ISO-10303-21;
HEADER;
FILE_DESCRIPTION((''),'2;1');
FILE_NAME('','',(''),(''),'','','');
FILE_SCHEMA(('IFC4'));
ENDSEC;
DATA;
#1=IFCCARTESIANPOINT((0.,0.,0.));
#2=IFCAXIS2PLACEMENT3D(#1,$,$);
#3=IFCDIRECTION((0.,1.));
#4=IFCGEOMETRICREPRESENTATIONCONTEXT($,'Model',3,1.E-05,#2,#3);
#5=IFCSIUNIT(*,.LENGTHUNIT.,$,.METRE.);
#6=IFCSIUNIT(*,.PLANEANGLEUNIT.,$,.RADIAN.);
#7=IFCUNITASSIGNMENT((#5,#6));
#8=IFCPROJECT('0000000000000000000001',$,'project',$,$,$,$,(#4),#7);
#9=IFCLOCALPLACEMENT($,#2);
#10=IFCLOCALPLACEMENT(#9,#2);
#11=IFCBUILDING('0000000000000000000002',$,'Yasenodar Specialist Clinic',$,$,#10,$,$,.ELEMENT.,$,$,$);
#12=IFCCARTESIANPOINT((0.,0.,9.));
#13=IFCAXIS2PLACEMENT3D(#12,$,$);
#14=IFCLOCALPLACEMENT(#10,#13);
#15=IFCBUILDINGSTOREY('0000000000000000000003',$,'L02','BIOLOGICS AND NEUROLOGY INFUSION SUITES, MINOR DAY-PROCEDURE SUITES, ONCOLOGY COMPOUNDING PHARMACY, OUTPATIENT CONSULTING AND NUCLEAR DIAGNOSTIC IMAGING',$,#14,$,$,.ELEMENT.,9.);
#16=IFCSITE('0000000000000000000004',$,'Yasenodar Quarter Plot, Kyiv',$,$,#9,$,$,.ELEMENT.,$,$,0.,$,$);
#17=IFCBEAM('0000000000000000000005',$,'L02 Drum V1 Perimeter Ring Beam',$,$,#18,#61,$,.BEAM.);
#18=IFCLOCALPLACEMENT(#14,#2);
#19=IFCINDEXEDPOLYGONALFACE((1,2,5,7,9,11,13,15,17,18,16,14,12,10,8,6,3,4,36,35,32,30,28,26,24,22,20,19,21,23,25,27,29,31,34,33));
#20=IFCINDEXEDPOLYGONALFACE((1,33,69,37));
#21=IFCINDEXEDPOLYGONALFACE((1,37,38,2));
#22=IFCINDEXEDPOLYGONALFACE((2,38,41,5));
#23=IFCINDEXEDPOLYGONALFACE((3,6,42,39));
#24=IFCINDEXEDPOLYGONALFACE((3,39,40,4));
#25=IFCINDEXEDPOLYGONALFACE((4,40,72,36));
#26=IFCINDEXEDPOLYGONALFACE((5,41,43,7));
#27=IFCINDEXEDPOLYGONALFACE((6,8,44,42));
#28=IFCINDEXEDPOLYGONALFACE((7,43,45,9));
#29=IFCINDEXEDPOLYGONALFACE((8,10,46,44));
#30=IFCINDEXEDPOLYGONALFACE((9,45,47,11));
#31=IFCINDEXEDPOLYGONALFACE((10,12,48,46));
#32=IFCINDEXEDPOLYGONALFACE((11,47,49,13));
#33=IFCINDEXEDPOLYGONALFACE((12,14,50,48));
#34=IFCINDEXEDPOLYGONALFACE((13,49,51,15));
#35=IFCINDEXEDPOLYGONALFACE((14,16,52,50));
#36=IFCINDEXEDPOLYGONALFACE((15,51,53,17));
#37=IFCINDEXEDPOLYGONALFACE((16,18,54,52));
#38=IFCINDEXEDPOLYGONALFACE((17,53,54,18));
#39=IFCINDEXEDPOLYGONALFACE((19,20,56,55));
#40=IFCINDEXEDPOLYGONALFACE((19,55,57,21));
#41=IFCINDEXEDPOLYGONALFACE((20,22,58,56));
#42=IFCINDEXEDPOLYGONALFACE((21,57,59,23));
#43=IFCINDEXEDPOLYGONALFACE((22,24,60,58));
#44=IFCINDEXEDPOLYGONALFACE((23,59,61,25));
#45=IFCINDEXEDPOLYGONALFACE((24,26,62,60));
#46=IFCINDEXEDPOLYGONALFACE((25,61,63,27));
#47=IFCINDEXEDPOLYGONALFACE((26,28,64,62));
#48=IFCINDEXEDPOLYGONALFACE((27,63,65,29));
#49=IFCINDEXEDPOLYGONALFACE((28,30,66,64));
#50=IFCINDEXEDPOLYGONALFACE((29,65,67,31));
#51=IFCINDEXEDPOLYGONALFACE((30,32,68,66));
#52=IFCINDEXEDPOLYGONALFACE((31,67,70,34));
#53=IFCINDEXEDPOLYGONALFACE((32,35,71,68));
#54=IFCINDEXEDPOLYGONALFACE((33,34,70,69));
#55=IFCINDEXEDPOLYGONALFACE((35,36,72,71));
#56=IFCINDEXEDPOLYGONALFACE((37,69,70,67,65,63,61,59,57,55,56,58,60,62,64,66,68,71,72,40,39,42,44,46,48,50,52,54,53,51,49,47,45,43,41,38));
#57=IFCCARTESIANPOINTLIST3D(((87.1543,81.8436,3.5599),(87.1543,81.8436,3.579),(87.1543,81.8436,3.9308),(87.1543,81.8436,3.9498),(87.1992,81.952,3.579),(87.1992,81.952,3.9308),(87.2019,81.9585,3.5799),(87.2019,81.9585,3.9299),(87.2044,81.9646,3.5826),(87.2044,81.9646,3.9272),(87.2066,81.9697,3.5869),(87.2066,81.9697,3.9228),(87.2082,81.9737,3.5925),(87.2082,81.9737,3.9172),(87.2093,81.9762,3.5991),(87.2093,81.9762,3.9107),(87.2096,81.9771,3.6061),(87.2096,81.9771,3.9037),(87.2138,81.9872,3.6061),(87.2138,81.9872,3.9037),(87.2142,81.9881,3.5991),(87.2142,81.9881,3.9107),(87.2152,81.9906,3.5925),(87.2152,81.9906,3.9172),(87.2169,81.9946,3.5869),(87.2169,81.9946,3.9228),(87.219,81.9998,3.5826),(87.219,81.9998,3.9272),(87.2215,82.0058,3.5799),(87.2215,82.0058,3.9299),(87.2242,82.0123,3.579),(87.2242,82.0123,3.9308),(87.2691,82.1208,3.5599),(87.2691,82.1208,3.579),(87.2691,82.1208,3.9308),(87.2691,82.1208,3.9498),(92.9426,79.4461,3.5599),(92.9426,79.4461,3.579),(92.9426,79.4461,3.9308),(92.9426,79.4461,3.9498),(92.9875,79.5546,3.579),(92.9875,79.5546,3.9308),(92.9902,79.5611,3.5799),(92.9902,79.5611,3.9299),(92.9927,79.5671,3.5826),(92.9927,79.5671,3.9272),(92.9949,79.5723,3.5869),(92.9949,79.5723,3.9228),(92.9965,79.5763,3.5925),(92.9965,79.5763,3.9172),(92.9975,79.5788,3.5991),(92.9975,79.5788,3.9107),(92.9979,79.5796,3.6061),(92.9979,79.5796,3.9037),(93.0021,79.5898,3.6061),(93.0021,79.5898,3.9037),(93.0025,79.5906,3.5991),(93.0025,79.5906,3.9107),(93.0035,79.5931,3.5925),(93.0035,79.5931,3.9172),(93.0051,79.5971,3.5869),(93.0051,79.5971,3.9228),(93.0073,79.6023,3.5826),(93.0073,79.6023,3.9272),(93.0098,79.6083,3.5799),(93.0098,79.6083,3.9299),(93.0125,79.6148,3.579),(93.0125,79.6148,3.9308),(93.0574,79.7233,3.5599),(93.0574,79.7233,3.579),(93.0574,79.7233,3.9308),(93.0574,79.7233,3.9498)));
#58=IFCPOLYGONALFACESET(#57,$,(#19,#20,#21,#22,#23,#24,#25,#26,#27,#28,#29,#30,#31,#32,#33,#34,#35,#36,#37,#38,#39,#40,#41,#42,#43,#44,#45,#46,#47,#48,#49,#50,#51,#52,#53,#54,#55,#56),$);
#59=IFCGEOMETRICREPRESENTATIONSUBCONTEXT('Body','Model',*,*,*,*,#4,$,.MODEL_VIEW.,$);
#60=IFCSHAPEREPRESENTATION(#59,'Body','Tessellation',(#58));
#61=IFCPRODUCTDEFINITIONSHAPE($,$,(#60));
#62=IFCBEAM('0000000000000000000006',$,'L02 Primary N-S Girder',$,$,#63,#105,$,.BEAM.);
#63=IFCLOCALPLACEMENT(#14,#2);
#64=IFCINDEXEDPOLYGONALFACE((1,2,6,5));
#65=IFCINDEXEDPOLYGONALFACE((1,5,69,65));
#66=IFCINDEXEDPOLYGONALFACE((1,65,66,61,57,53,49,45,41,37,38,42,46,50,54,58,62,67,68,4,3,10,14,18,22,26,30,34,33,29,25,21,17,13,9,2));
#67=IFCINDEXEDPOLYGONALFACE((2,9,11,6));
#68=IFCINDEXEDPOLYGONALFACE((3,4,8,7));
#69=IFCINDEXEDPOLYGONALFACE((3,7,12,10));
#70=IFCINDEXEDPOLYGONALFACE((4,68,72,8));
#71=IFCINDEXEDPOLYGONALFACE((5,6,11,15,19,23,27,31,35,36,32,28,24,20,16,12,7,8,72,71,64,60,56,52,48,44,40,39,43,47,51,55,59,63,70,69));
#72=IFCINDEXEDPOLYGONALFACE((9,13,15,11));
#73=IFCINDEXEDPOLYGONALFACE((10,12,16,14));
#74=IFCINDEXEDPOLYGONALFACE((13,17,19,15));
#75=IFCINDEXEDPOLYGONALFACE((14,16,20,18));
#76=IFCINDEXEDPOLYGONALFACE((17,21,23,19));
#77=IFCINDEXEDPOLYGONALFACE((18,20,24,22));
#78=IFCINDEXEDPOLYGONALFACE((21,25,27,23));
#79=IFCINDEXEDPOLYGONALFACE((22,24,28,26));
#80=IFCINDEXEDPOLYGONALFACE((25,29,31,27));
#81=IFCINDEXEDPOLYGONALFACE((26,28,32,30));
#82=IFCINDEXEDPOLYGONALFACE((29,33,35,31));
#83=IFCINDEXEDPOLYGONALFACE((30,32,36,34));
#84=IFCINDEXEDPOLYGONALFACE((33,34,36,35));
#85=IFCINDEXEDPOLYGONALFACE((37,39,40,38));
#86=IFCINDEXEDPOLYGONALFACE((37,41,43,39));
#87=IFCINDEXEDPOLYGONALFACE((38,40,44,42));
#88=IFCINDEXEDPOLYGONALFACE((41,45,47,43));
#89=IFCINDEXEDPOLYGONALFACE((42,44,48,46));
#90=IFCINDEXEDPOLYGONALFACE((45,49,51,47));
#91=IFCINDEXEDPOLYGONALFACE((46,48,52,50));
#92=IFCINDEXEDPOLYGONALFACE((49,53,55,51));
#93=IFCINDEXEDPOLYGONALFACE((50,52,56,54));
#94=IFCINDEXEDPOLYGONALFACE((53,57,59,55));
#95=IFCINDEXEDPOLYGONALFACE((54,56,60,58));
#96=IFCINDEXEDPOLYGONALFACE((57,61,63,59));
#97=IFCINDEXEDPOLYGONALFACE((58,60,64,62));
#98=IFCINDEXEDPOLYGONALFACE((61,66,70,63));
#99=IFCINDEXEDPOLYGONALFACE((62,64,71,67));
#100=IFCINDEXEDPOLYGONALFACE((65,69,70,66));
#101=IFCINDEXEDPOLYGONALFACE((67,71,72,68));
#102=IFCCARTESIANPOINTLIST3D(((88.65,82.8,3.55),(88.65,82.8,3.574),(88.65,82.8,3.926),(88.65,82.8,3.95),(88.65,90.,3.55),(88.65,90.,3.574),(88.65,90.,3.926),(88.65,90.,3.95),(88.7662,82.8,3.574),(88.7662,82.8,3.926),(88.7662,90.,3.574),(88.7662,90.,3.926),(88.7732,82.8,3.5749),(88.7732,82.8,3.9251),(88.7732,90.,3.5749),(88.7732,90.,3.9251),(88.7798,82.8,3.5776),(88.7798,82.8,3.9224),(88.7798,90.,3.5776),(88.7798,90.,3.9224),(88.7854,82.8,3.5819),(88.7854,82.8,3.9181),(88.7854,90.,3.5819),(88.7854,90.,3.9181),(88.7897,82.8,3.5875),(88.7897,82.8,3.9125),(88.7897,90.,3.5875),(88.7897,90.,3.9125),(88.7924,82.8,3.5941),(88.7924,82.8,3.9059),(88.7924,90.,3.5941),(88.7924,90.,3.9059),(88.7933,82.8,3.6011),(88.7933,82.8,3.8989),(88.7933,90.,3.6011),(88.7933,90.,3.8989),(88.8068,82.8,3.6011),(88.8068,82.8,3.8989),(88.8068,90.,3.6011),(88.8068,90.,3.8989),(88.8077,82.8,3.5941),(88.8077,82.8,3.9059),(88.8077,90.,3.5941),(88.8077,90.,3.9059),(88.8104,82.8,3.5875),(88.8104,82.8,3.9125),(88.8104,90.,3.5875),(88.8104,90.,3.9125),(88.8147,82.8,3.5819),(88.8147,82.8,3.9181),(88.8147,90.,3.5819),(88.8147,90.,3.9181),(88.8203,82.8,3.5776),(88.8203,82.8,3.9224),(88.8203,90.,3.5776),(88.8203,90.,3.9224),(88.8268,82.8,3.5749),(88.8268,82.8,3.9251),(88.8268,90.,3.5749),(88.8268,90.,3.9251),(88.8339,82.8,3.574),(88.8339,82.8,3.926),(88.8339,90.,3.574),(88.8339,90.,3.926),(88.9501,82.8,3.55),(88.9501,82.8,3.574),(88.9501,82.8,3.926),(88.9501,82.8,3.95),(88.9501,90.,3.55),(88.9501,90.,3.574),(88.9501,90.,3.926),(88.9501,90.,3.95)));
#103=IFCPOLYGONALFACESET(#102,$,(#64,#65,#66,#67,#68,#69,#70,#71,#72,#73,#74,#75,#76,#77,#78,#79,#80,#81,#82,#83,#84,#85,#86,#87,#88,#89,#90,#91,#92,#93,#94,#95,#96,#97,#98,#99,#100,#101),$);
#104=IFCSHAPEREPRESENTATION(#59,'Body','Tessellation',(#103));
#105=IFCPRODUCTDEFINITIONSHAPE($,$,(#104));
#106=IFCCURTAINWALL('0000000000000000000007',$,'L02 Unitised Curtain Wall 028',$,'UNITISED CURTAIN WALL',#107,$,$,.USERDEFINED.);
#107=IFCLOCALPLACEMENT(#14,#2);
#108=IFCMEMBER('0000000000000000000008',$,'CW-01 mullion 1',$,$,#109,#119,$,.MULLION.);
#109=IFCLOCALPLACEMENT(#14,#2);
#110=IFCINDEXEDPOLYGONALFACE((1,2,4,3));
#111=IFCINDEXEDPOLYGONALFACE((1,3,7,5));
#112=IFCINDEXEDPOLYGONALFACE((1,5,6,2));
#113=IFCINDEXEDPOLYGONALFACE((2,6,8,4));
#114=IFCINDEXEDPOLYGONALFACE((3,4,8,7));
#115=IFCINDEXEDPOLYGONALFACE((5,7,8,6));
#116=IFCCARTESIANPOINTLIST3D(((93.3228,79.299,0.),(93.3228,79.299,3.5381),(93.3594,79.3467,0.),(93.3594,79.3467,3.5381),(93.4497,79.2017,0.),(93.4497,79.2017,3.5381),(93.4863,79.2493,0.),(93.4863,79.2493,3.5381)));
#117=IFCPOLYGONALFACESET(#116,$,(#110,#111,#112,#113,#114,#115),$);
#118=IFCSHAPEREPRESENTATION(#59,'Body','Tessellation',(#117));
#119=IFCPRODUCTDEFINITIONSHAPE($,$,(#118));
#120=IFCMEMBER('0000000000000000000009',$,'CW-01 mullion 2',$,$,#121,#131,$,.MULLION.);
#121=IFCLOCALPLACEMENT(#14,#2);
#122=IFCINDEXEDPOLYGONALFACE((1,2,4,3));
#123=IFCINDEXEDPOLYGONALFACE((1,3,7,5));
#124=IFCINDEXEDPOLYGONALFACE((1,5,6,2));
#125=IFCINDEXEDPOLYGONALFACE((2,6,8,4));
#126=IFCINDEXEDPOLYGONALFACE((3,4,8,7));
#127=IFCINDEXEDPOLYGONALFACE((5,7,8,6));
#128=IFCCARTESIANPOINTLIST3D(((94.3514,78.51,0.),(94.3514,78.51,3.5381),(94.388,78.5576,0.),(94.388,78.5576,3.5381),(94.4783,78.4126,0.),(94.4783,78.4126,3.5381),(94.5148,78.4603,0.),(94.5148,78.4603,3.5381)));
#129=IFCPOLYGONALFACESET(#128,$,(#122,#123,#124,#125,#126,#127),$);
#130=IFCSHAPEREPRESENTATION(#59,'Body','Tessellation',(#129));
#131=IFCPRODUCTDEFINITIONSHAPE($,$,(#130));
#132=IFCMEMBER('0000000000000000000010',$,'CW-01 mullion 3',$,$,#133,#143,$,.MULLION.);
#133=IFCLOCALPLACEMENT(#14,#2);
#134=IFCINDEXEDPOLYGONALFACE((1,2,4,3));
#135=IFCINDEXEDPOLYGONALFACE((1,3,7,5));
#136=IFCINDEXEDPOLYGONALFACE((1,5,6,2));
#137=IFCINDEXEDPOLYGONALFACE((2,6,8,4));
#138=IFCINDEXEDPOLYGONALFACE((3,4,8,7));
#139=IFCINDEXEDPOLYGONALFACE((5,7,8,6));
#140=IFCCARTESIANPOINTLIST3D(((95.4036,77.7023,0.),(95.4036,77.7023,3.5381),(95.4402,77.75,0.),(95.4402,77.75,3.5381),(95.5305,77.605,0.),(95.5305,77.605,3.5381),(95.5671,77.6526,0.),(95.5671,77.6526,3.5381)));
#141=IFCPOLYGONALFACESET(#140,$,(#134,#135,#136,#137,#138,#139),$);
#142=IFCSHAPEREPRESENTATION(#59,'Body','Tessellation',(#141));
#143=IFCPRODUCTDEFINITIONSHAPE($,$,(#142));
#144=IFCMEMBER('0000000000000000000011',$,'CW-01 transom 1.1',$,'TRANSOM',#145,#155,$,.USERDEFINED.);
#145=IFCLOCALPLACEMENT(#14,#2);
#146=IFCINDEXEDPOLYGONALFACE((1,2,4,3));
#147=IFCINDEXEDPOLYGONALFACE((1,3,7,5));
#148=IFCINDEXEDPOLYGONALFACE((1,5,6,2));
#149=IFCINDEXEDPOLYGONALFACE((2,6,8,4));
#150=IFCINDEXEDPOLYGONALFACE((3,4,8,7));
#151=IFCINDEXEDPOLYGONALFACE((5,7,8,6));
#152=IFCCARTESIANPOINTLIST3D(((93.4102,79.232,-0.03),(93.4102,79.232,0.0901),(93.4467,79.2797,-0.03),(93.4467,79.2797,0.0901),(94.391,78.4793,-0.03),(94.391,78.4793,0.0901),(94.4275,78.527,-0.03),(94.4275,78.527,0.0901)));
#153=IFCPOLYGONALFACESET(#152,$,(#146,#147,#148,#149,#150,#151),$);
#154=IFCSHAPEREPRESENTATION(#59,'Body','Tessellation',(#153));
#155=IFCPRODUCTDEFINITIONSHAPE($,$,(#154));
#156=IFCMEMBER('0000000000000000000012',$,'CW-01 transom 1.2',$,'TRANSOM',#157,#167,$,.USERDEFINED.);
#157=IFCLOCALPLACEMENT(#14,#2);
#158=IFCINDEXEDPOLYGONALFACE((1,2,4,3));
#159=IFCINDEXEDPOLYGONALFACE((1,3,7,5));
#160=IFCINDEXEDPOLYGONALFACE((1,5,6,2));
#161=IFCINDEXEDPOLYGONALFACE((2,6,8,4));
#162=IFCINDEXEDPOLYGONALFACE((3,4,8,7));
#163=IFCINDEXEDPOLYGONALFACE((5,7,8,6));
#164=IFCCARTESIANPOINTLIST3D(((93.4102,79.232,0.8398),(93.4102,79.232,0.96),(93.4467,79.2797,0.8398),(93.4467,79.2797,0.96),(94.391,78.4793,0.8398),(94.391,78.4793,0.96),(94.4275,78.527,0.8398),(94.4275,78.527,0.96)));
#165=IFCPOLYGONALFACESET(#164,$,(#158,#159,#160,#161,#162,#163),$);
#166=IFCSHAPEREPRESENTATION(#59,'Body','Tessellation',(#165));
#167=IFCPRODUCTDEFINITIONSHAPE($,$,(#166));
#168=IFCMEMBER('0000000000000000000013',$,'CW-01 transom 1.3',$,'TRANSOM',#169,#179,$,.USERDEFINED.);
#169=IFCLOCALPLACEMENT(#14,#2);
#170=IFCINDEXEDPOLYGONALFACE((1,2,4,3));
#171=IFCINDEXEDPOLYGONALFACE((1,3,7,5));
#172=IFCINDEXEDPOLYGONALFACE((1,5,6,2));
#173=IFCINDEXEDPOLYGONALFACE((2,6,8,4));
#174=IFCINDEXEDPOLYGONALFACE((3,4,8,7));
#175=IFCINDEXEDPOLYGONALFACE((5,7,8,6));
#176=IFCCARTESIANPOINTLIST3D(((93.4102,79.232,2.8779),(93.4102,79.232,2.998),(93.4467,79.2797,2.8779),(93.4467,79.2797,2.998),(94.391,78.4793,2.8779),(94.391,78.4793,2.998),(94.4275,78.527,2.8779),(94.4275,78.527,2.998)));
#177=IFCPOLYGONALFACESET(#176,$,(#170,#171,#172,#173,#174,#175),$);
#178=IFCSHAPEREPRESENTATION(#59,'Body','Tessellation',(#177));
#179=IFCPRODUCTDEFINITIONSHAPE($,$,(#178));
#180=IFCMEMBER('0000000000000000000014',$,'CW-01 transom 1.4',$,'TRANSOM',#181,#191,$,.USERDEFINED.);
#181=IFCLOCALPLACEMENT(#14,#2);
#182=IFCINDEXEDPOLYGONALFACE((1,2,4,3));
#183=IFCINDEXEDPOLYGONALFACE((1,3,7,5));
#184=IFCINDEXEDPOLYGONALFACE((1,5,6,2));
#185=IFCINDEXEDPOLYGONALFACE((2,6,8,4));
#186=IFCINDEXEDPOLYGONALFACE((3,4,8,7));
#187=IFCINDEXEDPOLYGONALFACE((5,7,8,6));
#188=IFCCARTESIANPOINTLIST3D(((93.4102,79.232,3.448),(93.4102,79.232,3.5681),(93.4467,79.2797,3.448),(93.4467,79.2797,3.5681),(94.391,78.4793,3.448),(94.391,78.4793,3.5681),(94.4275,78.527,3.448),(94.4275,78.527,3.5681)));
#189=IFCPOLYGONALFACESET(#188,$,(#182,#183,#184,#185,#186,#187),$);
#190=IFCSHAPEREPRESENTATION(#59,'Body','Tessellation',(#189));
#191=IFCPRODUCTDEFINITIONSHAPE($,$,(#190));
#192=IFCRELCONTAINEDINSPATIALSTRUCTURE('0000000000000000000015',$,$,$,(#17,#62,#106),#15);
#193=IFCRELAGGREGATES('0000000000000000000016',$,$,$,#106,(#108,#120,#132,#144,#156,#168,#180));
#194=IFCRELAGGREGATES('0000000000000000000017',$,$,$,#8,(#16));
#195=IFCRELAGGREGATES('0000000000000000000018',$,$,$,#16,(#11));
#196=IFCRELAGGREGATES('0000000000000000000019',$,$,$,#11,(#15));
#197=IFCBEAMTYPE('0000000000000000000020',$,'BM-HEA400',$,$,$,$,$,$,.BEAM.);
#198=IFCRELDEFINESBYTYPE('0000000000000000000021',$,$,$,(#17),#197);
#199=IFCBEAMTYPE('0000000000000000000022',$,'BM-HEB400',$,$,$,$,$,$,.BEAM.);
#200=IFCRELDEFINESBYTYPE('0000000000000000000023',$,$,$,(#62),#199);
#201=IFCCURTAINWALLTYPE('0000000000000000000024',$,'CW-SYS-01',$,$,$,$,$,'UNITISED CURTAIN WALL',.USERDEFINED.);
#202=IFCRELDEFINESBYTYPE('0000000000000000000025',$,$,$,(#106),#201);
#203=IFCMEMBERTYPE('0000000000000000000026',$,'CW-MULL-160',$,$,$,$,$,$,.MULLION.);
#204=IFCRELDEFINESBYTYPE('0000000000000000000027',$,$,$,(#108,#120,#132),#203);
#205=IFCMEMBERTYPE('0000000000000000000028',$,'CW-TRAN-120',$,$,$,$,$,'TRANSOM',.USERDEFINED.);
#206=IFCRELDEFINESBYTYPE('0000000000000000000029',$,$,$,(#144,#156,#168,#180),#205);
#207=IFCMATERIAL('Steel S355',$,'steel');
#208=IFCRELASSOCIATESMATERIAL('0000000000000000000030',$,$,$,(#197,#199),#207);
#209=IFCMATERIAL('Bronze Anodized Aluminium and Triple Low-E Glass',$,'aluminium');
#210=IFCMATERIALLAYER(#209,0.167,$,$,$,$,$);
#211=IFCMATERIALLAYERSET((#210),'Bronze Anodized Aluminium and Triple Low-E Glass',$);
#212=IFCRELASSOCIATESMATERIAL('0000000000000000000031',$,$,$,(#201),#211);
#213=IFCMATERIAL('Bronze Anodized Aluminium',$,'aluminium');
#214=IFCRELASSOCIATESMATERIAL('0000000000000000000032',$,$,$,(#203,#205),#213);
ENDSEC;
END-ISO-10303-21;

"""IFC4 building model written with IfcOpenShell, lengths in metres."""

from ifc_helpers import new_model, si_unit, direction, frame, origin, origin_2d, place, context, subcontext, project, spatial, rectangle, i_section, extrude, material, layer, layer_set, material_profile, profile_set, type_object, element, aggregate, save


model = new_model("IFC4")

# Units and contexts
model_context = context("Model", 3, precision=1e-05, world=origin(), true_north=direction((0.0, 1.0)))
body_context = subcontext(model_context, "Body", "Model", "MODEL_VIEW")
ifc_project = project(units=[si_unit("LENGTHUNIT", "METRE"), si_unit("PLANEANGLEUNIT", "RADIAN")], contexts=[model_context])

# Site, building, storey
site_placement = place(None, origin())
site = spatial("IfcSite", under=ifc_project, at=site_placement, Name="Yasenodar Quarter Plot, Kyiv", CompositionType="ELEMENT", RefElevation=0.0)
building_placement = place(site_placement, origin())
building = spatial("IfcBuilding", under=site, at=building_placement, Name="Yasenodar Specialist Clinic", CompositionType="ELEMENT")
storey_placement = place(building_placement, frame((0.0, 0.0, 9.0)))
storey = spatial("IfcBuildingStorey", under=building, at=storey_placement, Name="L02", Description="BIOLOGICS AND NEUROLOGY INFUSION SUITES, MINOR DAY-PROCEDURE SUITES, ONCOLOGY COMPOUNDING PHARMACY, OUTPATIENT CONSULTING AND NUCLEAR DIAGNOSTIC IMAGING", CompositionType="ELEMENT", Elevation=9.0)

# Shared definitions
ifc_material_1 = material(Name="Steel S355", Category="steel")

# Beams
ifc_material_profile_1 = material_profile(ifc_material_1, i_section(OverallWidth=0.3, OverallDepth=0.3899, WebThickness=0.011, FlangeThickness=0.019, FilletRadius=0.0271, at=origin_2d()), Name="HEA 400")
ifc_profile_set_1 = profile_set([ifc_material_profile_1], Name="Steel S355")
beam_type_1 = type_object("IfcBeamType", Name="BM-HEA400", PredefinedType="BEAM", material=ifc_profile_set_1)
beam_1_placement = place(storey_placement, frame((93.0, 79.5847, 3.7549), z_axis=(-0.923888, 0.382664, 0.0), x_axis=(-0.382664, -0.923888, 0.0)))
element("IfcBeam", 1, at=beam_1_placement, inside=storey, type_object=beam_type_1, Name="L02 Drum V1 Perimeter Ring Beam", PredefinedType="BEAM", context=body_context, shape_type="SweptSolid", body=[
    extrude(i_section(OverallWidth=0.3, OverallDepth=0.3899, WebThickness=0.011, FlangeThickness=0.019, FilletRadius=0.0271, at=origin_2d()), origin(), (0.0, 0.0, 1.0), 6.2651),
])
ifc_material_profile_2 = material_profile(ifc_material_1, i_section(OverallWidth=0.3, OverallDepth=0.3999, WebThickness=0.0134, FlangeThickness=0.0239, FilletRadius=0.0271, at=origin_2d()), Name="HEB 400")
ifc_profile_set_2 = profile_set([ifc_material_profile_2], Name="Steel S355")
beam_type_2 = type_object("IfcBeamType", Name="BM-HEB400", PredefinedType="BEAM", material=ifc_profile_set_2)
beam_2_placement = place(storey_placement, frame((88.8, 82.8, 3.75), z_axis=(0.0, 1.0, 0.0), x_axis=(-1.0, 0.0, 0.0)))
element("IfcBeam", 2, at=beam_2_placement, inside=storey, type_object=beam_type_2, Name="L02 Primary N-S Girder", PredefinedType="BEAM", context=body_context, shape_type="SweptSolid", body=[
    extrude(i_section(OverallWidth=0.3, OverallDepth=0.3999, WebThickness=0.0134, FlangeThickness=0.0239, FilletRadius=0.0271, at=origin_2d()), origin(), (0.0, 0.0, 1.0), 7.2),
])

# Curtain wall, members
ifc_material_2 = material(Name="Bronze Anodized Aluminium and Triple Low-E Glass", Category="aluminium")
ifc_layer_1 = layer(ifc_material_2, 0.167)
ifc_layer_set_1 = layer_set([ifc_layer_1], Name="Bronze Anodized Aluminium and Triple Low-E Glass")
curtain_wall_type = type_object("IfcCurtainWallType", Name="CW-SYS-01", ElementType="UNITISED CURTAIN WALL", PredefinedType="USERDEFINED", material=ifc_layer_set_1)
curtain_wall_placement = place(storey_placement, origin())
curtain_wall = element("IfcCurtainWall", 3, at=curtain_wall_placement, inside=storey, type_object=curtain_wall_type, Name="L02 Unitised Curtain Wall 028", ObjectType="UNITISED CURTAIN WALL", PredefinedType="USERDEFINED")
ifc_material_3 = material(Name="Bronze Anodized Aluminium", Category="aluminium")
ifc_material_profile_3 = material_profile(ifc_material_3, rectangle(XDim=0.0601, YDim=0.1599, at=origin_2d()), Name="CW-MULL 60x160")
ifc_profile_set_3 = profile_set([ifc_material_profile_3], Name="Bronze Anodized Aluminium")
member_type_1 = type_object("IfcMemberType", Name="CW-MULL-160", PredefinedType="MULLION", material=ifc_profile_set_3)
member_1_placement = place(storey_placement, frame((93.4045, 79.2742, 0.0), z_axis=(0.0, 0.0, 1.0), x_axis=(0.608752, 0.793361, 0.0)))
member_1 = element("IfcMember", 4, at=member_1_placement, type_object=member_type_1, Name="CW-01 mullion 1", PredefinedType="MULLION", context=body_context, shape_type="SweptSolid", body=[
    extrude(rectangle(XDim=0.0601, YDim=0.1599, at=origin_2d()), origin(), (0.0, 0.0, 1.0), 3.5381),
])
member_2_placement = place(storey_placement, frame((94.4331, 78.4851, 0.0), z_axis=(0.0, 0.0, 1.0), x_axis=(0.608752, 0.793361, 0.0)))
member_2 = element("IfcMember", 5, at=member_2_placement, type_object=member_type_1, Name="CW-01 mullion 2", PredefinedType="MULLION", context=body_context, shape_type="SweptSolid", body=[
    extrude(rectangle(XDim=0.0601, YDim=0.1599, at=origin_2d()), origin(), (0.0, 0.0, 1.0), 3.5381),
])
member_3_placement = place(storey_placement, frame((95.4854, 77.6775, 0.0), z_axis=(0.0, 0.0, 1.0), x_axis=(0.608752, 0.793361, 0.0)))
member_3 = element("IfcMember", 6, at=member_3_placement, type_object=member_type_1, Name="CW-01 mullion 3", PredefinedType="MULLION", context=body_context, shape_type="SweptSolid", body=[
    extrude(rectangle(XDim=0.0601, YDim=0.1599, at=origin_2d()), origin(), (0.0, 0.0, 1.0), 3.5381),
])
ifc_material_profile_4 = material_profile(ifc_material_3, rectangle(XDim=0.0601, YDim=0.1201, at=origin_2d()), Name="CW-TRAN 60x120")
ifc_profile_set_4 = profile_set([ifc_material_profile_4], Name="Bronze Anodized Aluminium")
member_type_2 = type_object("IfcMemberType", Name="CW-TRAN-120", ElementType="TRANSOM", PredefinedType="USERDEFINED", material=ifc_profile_set_4)
member_4_placement = place(storey_placement, frame((93.4285, 79.2559, 0.03), z_axis=(0.793292, -0.608842, 0.0), x_axis=(0.608842, 0.793292, 0.0)))
member_4 = element("IfcMember", 7, at=member_4_placement, type_object=member_type_2, Name="CW-01 transom 1.1", ObjectType="TRANSOM", PredefinedType="USERDEFINED", context=body_context, shape_type="SweptSolid", body=[
    extrude(rectangle(XDim=0.0601, YDim=0.1201, at=origin_2d()), origin(), (0.0, 0.0, 1.0), 1.2363),
])
member_5_placement = place(storey_placement, frame((93.4285, 79.2559, 0.8999), z_axis=(0.793292, -0.608842, 0.0), x_axis=(0.608842, 0.793292, 0.0)))
member_5 = element("IfcMember", 8, at=member_5_placement, type_object=member_type_2, Name="CW-01 transom 1.2", ObjectType="TRANSOM", PredefinedType="USERDEFINED", context=body_context, shape_type="SweptSolid", body=[
    extrude(rectangle(XDim=0.0601, YDim=0.1201, at=origin_2d()), origin(), (0.0, 0.0, 1.0), 1.2363),
])
member_6_placement = place(storey_placement, frame((93.4285, 79.2559, 2.938), z_axis=(0.793292, -0.608842, 0.0), x_axis=(0.608842, 0.793292, 0.0)))
member_6 = element("IfcMember", 9, at=member_6_placement, type_object=member_type_2, Name="CW-01 transom 1.3", ObjectType="TRANSOM", PredefinedType="USERDEFINED", context=body_context, shape_type="SweptSolid", body=[
    extrude(rectangle(XDim=0.0601, YDim=0.1201, at=origin_2d()), origin(), (0.0, 0.0, 1.0), 1.2363),
])
member_7_placement = place(storey_placement, frame((93.4285, 79.2559, 3.5081), z_axis=(0.793292, -0.608842, 0.0), x_axis=(0.608842, 0.793292, 0.0)))
member_7 = element("IfcMember", 10, at=member_7_placement, type_object=member_type_2, Name="CW-01 transom 1.4", ObjectType="TRANSOM", PredefinedType="USERDEFINED", context=body_context, shape_type="SweptSolid", body=[
    extrude(rectangle(XDim=0.0601, YDim=0.1201, at=origin_2d()), origin(), (0.0, 0.0, 1.0), 1.2363),
])
aggregate(curtain_wall, [member_1, member_2, member_3, member_4, member_5, member_6, member_7])

save(model, "model.ifc")
